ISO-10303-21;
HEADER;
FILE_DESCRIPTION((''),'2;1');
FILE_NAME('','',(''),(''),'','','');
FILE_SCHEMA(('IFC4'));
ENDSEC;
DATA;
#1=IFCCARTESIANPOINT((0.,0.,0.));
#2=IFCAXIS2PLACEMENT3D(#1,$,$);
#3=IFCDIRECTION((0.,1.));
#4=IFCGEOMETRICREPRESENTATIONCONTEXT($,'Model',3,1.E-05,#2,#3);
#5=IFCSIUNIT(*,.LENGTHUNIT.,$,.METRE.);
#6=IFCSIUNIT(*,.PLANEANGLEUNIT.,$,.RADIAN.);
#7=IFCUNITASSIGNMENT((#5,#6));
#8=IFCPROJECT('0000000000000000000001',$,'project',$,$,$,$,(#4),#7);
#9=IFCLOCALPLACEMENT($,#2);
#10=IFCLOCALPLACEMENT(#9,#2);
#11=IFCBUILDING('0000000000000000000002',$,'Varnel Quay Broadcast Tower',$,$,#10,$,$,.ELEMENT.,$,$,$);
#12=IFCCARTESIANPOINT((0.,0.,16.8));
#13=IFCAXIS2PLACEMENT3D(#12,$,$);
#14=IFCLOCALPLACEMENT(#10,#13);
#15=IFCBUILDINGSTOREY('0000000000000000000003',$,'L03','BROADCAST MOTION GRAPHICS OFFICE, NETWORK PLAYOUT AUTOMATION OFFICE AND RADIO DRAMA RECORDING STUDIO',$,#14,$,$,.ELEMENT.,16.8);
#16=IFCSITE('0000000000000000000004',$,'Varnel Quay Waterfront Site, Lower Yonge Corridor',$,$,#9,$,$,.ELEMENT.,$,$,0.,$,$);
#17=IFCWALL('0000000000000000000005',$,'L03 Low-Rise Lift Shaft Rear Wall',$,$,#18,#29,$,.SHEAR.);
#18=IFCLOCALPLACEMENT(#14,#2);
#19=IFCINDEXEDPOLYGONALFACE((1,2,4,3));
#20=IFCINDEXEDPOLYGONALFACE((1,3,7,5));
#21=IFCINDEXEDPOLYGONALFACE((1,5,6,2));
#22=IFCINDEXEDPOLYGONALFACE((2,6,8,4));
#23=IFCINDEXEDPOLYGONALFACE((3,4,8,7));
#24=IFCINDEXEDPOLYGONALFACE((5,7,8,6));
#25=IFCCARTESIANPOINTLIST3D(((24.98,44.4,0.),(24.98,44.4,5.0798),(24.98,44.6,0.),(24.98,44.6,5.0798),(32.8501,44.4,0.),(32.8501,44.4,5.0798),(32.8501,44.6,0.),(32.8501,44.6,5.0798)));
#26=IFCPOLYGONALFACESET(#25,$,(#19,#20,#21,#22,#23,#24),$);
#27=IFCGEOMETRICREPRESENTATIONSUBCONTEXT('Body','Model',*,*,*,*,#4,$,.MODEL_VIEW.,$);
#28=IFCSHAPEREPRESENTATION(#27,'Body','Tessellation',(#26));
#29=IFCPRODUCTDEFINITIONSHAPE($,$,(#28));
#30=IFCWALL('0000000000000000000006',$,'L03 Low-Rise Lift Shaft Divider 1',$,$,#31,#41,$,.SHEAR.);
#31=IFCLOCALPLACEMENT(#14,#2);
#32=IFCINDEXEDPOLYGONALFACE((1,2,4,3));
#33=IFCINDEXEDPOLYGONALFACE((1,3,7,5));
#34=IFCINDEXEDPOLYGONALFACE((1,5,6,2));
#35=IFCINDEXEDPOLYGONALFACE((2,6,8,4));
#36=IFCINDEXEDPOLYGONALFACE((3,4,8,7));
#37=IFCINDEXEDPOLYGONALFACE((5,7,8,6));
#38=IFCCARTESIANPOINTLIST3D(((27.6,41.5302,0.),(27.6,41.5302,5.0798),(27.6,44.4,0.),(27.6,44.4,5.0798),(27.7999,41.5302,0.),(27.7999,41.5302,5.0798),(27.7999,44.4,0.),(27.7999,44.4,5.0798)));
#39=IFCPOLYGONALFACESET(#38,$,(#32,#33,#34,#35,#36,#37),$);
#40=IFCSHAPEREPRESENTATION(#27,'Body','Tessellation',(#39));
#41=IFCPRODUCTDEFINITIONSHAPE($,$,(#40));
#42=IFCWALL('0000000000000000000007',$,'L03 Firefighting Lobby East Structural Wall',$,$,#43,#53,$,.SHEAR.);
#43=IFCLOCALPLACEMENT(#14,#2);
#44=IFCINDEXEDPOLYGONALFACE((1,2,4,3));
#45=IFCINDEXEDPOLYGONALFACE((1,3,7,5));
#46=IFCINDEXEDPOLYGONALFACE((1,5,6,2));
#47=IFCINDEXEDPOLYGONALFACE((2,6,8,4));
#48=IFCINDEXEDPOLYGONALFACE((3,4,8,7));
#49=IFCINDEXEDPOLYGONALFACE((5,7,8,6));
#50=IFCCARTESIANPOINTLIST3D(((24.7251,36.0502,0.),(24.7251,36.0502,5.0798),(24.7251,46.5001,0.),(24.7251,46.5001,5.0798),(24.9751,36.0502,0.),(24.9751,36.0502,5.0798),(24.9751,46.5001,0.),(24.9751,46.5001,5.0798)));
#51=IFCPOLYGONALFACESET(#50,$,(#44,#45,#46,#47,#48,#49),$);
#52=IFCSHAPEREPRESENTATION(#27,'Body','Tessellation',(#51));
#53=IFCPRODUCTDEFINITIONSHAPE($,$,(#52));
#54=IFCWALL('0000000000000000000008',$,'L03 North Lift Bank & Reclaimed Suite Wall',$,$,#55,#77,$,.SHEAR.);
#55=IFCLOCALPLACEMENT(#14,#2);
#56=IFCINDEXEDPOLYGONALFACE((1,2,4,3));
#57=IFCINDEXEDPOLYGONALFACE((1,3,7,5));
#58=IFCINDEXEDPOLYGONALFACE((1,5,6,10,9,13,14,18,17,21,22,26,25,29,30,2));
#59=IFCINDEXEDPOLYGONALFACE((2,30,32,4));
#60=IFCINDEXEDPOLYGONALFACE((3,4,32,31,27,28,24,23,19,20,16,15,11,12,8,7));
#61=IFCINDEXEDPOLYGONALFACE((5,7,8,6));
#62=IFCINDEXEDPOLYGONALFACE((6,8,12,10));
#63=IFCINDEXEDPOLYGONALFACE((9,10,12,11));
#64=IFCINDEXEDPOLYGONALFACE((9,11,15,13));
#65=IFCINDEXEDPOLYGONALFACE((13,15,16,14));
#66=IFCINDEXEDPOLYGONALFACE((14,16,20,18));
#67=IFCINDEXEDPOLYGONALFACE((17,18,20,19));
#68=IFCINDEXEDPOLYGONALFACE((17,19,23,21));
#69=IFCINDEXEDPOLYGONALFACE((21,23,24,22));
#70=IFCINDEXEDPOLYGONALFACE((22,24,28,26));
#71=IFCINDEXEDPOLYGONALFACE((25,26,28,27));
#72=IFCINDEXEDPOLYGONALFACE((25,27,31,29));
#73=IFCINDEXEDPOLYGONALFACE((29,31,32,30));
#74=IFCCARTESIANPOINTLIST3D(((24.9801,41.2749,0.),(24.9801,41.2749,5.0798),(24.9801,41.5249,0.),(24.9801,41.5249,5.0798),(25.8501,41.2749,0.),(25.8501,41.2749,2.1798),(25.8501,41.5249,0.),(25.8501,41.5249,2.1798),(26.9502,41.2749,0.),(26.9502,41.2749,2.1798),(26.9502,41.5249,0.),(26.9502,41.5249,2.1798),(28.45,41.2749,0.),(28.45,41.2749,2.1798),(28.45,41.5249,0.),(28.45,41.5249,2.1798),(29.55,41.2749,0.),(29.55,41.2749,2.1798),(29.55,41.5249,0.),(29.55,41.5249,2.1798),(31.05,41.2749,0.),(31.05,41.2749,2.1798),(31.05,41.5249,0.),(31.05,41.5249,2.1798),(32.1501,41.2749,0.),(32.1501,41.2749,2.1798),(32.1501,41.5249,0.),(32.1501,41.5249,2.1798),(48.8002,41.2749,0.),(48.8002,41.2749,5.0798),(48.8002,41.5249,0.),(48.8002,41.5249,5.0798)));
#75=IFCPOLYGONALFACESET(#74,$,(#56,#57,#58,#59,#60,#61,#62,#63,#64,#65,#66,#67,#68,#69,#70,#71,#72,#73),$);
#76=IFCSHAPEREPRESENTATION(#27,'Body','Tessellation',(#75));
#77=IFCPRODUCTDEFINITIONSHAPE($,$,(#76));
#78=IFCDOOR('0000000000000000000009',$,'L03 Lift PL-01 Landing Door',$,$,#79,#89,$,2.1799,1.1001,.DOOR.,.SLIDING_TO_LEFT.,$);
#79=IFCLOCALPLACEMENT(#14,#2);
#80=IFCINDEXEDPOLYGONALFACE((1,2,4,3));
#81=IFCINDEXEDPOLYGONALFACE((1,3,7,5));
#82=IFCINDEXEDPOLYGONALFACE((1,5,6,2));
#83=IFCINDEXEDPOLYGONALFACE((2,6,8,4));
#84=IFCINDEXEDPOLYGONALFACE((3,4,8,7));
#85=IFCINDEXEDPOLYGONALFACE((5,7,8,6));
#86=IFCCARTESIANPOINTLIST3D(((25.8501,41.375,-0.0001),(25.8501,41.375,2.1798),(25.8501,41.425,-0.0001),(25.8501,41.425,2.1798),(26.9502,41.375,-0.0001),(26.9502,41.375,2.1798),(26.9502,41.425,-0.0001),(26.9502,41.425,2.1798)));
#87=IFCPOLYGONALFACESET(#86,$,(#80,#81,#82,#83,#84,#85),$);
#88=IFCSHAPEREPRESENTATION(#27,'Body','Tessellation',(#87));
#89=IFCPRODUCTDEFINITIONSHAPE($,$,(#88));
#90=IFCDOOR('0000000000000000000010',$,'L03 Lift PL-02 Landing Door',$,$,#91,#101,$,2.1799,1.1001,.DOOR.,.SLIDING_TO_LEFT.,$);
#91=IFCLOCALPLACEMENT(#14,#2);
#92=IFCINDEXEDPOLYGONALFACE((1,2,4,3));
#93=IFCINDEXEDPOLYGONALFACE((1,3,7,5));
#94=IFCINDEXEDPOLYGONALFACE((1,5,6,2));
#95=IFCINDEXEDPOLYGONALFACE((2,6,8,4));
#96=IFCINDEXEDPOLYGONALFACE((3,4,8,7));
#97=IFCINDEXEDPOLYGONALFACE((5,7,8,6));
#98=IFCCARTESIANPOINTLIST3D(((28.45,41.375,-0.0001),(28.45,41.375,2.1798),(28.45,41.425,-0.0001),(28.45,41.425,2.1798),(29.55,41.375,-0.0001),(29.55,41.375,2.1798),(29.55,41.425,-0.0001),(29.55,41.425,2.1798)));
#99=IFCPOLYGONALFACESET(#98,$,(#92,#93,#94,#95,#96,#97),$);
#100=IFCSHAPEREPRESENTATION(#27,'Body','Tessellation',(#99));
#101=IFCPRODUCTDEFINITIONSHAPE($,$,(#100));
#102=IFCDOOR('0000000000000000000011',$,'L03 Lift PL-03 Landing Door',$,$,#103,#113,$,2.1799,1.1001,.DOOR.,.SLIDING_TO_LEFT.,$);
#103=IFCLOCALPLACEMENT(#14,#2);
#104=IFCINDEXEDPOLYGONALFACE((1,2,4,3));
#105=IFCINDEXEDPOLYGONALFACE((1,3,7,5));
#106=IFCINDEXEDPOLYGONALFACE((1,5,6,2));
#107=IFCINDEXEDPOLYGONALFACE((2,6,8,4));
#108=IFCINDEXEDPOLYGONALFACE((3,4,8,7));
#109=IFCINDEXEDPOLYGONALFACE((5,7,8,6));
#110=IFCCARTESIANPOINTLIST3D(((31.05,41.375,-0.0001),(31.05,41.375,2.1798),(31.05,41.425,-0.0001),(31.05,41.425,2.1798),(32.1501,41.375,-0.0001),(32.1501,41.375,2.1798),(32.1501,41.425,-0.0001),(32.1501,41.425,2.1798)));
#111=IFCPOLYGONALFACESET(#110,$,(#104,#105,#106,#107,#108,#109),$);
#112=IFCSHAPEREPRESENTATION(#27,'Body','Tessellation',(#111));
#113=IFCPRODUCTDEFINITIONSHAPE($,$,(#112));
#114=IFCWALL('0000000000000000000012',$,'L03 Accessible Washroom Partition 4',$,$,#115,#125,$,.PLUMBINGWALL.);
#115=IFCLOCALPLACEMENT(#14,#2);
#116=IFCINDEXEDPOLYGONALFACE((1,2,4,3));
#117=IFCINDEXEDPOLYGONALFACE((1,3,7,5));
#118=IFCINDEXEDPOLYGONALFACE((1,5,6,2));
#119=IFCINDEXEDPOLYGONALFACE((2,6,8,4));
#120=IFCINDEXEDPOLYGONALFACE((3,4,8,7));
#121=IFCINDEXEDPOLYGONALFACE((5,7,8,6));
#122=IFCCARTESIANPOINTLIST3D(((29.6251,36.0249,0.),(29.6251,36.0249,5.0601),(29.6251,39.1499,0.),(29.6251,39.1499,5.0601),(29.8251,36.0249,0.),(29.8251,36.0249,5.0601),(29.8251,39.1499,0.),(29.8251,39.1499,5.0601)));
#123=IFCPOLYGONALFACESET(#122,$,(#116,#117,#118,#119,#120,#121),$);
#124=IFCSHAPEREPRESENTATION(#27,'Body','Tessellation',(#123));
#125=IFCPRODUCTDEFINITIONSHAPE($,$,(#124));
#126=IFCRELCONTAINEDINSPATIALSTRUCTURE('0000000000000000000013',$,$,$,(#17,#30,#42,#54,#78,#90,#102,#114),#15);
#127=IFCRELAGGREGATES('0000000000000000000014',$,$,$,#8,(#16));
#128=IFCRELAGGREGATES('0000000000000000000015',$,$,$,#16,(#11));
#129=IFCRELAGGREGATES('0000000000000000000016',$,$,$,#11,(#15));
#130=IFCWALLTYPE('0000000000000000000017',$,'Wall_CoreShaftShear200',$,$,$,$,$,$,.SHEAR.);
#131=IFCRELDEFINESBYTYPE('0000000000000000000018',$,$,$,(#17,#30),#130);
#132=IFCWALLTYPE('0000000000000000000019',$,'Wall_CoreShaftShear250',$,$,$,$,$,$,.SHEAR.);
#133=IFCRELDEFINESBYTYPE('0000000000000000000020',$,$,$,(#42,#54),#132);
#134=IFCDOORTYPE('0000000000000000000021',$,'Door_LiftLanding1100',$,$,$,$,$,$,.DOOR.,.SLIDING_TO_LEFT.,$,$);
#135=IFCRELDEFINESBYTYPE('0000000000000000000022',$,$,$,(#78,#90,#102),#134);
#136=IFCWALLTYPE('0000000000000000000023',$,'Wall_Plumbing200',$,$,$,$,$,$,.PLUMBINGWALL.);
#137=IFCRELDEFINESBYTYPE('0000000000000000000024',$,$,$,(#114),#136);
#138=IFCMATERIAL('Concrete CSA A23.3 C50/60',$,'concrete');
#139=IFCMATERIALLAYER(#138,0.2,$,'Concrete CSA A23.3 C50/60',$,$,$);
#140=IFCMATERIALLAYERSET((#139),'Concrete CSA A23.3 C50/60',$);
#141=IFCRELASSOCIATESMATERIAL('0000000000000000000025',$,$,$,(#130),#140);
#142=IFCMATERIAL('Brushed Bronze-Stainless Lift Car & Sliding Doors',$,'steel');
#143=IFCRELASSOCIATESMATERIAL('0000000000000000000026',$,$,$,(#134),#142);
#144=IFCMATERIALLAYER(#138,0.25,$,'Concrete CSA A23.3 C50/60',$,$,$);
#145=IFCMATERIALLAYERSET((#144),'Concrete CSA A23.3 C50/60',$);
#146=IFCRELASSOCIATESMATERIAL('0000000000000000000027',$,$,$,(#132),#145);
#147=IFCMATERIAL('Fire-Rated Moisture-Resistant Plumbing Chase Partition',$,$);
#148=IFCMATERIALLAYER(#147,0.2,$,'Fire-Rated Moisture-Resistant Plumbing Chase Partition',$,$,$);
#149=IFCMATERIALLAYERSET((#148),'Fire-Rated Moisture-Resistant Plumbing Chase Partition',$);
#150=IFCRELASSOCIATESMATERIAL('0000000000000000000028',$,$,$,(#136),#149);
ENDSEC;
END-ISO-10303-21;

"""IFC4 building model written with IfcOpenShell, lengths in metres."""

from ifc_helpers import new_model, si_unit, direction, frame, frame_2d, origin, place, context, subcontext, project, spatial, rectangle, extrude, source, transform, mapped, material, layer, layer_set, type_object, type_shapes, element, fill, save


model = new_model("IFC4")

# Units and contexts
model_context = context("Model", 3, precision=1e-05, world=origin(), true_north=direction((0.0, 1.0)))
body_context = subcontext(model_context, "Body", "Model", "MODEL_VIEW")
ifc_project = project(units=[si_unit("LENGTHUNIT", "METRE"), si_unit("PLANEANGLEUNIT", "RADIAN")], contexts=[model_context])

# Site, building, storey
site_placement = place(None, origin())
site = spatial("IfcSite", under=ifc_project, at=site_placement, Name="Varnel Quay Waterfront Site, Lower Yonge Corridor", CompositionType="ELEMENT", RefElevation=0.0)
building_placement = place(site_placement, origin())
building = spatial("IfcBuilding", under=site, at=building_placement, Name="Varnel Quay Broadcast Tower", CompositionType="ELEMENT")
storey_placement = place(building_placement, frame((0.0, 0.0, 16.8)))
storey = spatial("IfcBuildingStorey", under=building, at=storey_placement, Name="L03", Description="BROADCAST MOTION GRAPHICS OFFICE, NETWORK PLAYOUT AUTOMATION OFFICE AND RADIO DRAMA RECORDING STUDIO", CompositionType="ELEMENT", Elevation=16.8)

# Shared definitions
ifc_material_1 = material(Name="Concrete CSA A23.3 C50/60", Category="concrete")
ifc_layer_1 = layer(ifc_material_1, 0.2, Name="Concrete CSA A23.3 C50/60")
ifc_layer_set_1 = layer_set([ifc_layer_1], Name="Concrete CSA A23.3 C50/60")
wall_type_1 = type_object("IfcWallType", Name="Wall_CoreShaftShear200", PredefinedType="SHEAR", material=ifc_layer_set_1)

# Shared definitions
ifc_material_2 = material(Name="Brushed Bronze-Stainless Lift Car & Sliding Doors", Category="steel")
door_type_1 = type_object("IfcDoorType", Name="Door_LiftLanding1100", OperationType="SLIDING_TO_LEFT", PredefinedType="DOOR", material=ifc_material_2)
shared_shape_1 = source(origin(), body_context, "Body", "SweptSolid", [
    extrude(rectangle(XDim=1.1001, YDim=2.1799, at=frame_2d((0.55, 1.0898))), frame((0.0, 0.0249, 0.0), z_axis=(0.0, -1.0, 0.0), x_axis=(1.0, 0.0, 0.0)), (0.0, 0.0, 1.0), 0.05),
])
type_shapes(door_type_1, [shared_shape_1])

# Walls
wall_1_placement = place(storey_placement, frame((24.98, 44.5, 0.0), z_axis=(0.0, 0.0, 1.0), x_axis=(1.0, 0.0, 0.0)))
element("IfcWall", 1, at=wall_1_placement, inside=storey, type_object=wall_type_1, Name="L03 Low-Rise Lift Shaft Rear Wall", PredefinedType="SHEAR", context=body_context, shape_type="SweptSolid", body=[
    extrude(rectangle(XDim=7.8701, YDim=0.2, at=frame_2d((3.9351, 0.0))), origin(), (0.0, 0.0, 1.0), 5.0798),
])
wall_2_placement = place(storey_placement, frame((27.7, 41.53, 0.0), z_axis=(0.0, 0.0, 1.0), x_axis=(0.0, 1.0, 0.0)))
element("IfcWall", 2, at=wall_2_placement, inside=storey, type_object=wall_type_1, Name="L03 Low-Rise Lift Shaft Divider 1", PredefinedType="SHEAR", context=body_context, shape_type="SweptSolid", body=[
    extrude(rectangle(XDim=2.8699, YDim=0.2, at=frame_2d((1.4351, 0.0))), origin(), (0.0, 0.0, 1.0), 5.0798),
])
ifc_layer_2 = layer(ifc_material_1, 0.25, Name="Concrete CSA A23.3 C50/60")
ifc_layer_set_2 = layer_set([ifc_layer_2], Name="Concrete CSA A23.3 C50/60")
wall_type_2 = type_object("IfcWallType", Name="Wall_CoreShaftShear250", PredefinedType="SHEAR", material=ifc_layer_set_2)
wall_3_placement = place(storey_placement, frame((24.8501, 36.05, 0.0), z_axis=(0.0, 0.0, 1.0), x_axis=(0.0, 1.0, 0.0)))
element("IfcWall", 3, at=wall_3_placement, inside=storey, type_object=wall_type_2, Name="L03 Firefighting Lobby East Structural Wall", PredefinedType="SHEAR", context=body_context, shape_type="SweptSolid", body=[
    extrude(rectangle(XDim=10.45, YDim=0.25, at=frame_2d((5.2251, 0.0))), origin(), (0.0, 0.0, 1.0), 5.0798),
])

# Wall, openings, doors
wall_4_placement = place(storey_placement, frame((24.98, 41.3999, 0.0), z_axis=(0.0, 0.0, 1.0), x_axis=(1.0, 0.0, 0.0)))
wall_4 = element("IfcWall", 4, at=wall_4_placement, inside=storey, type_object=wall_type_2, Name="L03 North Lift Bank & Reclaimed Suite Wall", PredefinedType="SHEAR", context=body_context, shape_type="SweptSolid", body=[
    extrude(rectangle(XDim=23.8201, YDim=0.25, at=frame_2d((11.9102, 0.0))), origin(), (0.0, 0.0, 1.0), 5.0798),
])
opening_1_placement = place(wall_4_placement, frame((0.8701, 0.0, 0.0)))
opening_1 = element("IfcOpeningElement", 5, at=opening_1_placement, cuts=wall_4, PredefinedType="OPENING", context=body_context, shape_type="SweptSolid", body=[
    extrude(rectangle(XDim=1.1001, YDim=2.1799, at=frame_2d((0.55, 1.0898))), frame((0.0, 0.135, 0.0), z_axis=(0.0, -1.0, 0.0), x_axis=(1.0, 0.0, 0.0)), (0.0, 0.0, 1.0), 0.27),
])
opening_2_placement = place(wall_4_placement, frame((3.47, 0.0, 0.0)))
opening_2 = element("IfcOpeningElement", 6, at=opening_2_placement, cuts=wall_4, PredefinedType="OPENING", context=body_context, shape_type="SweptSolid", body=[
    extrude(rectangle(XDim=1.1001, YDim=2.1799, at=frame_2d((0.55, 1.0898))), frame((0.0, 0.135, 0.0), z_axis=(0.0, -1.0, 0.0), x_axis=(1.0, 0.0, 0.0)), (0.0, 0.0, 1.0), 0.27),
])
opening_3_placement = place(wall_4_placement, frame((6.0701, 0.0, 0.0)))
opening_3 = element("IfcOpeningElement", 7, at=opening_3_placement, cuts=wall_4, PredefinedType="OPENING", context=body_context, shape_type="SweptSolid", body=[
    extrude(rectangle(XDim=1.1001, YDim=2.1799, at=frame_2d((0.55, 1.0898))), frame((0.0, 0.135, 0.0), z_axis=(0.0, -1.0, 0.0), x_axis=(1.0, 0.0, 0.0)), (0.0, 0.0, 1.0), 0.27),
])
door_1_placement = place(opening_1_placement, frame((1.1001, 0.0, 0.0), z_axis=(0.0, 0.0, 1.0), x_axis=(-1.0, 0.0, 0.0)))
door_1 = element("IfcDoor", 8, at=door_1_placement, inside=storey, type_object=door_type_1, Name="L03 Lift PL-01 Landing Door", OperationType="SLIDING_TO_LEFT", OverallHeight=2.1799, OverallWidth=1.1001, PredefinedType="DOOR", context=body_context, shape_type="MappedRepresentation", body=[
    mapped(shared_shape_1, transform((0.0, 0.0, 0.0), x_axis=(1.0, 0.0, 0.0), y_axis=(0.0, 1.0, 0.0), z_axis=(0.0, 0.0, 1.0), scale=1.0)),
])
fill(opening_1, door_1)
door_2_placement = place(opening_2_placement, frame((1.1001, 0.0, 0.0), z_axis=(0.0, 0.0, 1.0), x_axis=(-1.0, 0.0, 0.0)))
door_2 = element("IfcDoor", 9, at=door_2_placement, inside=storey, type_object=door_type_1, Name="L03 Lift PL-02 Landing Door", OperationType="SLIDING_TO_LEFT", OverallHeight=2.1799, OverallWidth=1.1001, PredefinedType="DOOR", context=body_context, shape_type="MappedRepresentation", body=[
    mapped(shared_shape_1, transform((0.0, 0.0, 0.0), x_axis=(1.0, 0.0, 0.0), y_axis=(0.0, 1.0, 0.0), z_axis=(0.0, 0.0, 1.0), scale=1.0)),
])
fill(opening_2, door_2)
door_3_placement = place(opening_3_placement, frame((1.1001, 0.0, 0.0), z_axis=(0.0, 0.0, 1.0), x_axis=(-1.0, 0.0, 0.0)))
door_3 = element("IfcDoor", 10, at=door_3_placement, inside=storey, type_object=door_type_1, Name="L03 Lift PL-03 Landing Door", OperationType="SLIDING_TO_LEFT", OverallHeight=2.1799, OverallWidth=1.1001, PredefinedType="DOOR", context=body_context, shape_type="MappedRepresentation", body=[
    mapped(shared_shape_1, transform((0.0, 0.0, 0.0), x_axis=(1.0, 0.0, 0.0), y_axis=(0.0, 1.0, 0.0), z_axis=(0.0, 0.0, 1.0), scale=1.0)),
])
fill(opening_3, door_3)

# Wall
ifc_material_3 = material(Name="Fire-Rated Moisture-Resistant Plumbing Chase Partition")
ifc_layer_3 = layer(ifc_material_3, 0.2, Name="Fire-Rated Moisture-Resistant Plumbing Chase Partition")
ifc_layer_set_3 = layer_set([ifc_layer_3], Name="Fire-Rated Moisture-Resistant Plumbing Chase Partition")
wall_type_3 = type_object("IfcWallType", Name="Wall_Plumbing200", PredefinedType="PLUMBINGWALL", material=ifc_layer_set_3)
wall_5_placement = place(storey_placement, frame((29.7251, 36.0249, 0.0), z_axis=(0.0, 0.0, 1.0), x_axis=(0.0, 1.0, 0.0)))
element("IfcWall", 11, at=wall_5_placement, inside=storey, type_object=wall_type_3, Name="L03 Accessible Washroom Partition 4", PredefinedType="PLUMBINGWALL", context=body_context, shape_type="SweptSolid", body=[
    extrude(rectangle(XDim=3.125, YDim=0.2, at=frame_2d((1.5625, 0.0))), origin(), (0.0, 0.0, 1.0), 5.0601),
])

save(model, "model.ifc")
